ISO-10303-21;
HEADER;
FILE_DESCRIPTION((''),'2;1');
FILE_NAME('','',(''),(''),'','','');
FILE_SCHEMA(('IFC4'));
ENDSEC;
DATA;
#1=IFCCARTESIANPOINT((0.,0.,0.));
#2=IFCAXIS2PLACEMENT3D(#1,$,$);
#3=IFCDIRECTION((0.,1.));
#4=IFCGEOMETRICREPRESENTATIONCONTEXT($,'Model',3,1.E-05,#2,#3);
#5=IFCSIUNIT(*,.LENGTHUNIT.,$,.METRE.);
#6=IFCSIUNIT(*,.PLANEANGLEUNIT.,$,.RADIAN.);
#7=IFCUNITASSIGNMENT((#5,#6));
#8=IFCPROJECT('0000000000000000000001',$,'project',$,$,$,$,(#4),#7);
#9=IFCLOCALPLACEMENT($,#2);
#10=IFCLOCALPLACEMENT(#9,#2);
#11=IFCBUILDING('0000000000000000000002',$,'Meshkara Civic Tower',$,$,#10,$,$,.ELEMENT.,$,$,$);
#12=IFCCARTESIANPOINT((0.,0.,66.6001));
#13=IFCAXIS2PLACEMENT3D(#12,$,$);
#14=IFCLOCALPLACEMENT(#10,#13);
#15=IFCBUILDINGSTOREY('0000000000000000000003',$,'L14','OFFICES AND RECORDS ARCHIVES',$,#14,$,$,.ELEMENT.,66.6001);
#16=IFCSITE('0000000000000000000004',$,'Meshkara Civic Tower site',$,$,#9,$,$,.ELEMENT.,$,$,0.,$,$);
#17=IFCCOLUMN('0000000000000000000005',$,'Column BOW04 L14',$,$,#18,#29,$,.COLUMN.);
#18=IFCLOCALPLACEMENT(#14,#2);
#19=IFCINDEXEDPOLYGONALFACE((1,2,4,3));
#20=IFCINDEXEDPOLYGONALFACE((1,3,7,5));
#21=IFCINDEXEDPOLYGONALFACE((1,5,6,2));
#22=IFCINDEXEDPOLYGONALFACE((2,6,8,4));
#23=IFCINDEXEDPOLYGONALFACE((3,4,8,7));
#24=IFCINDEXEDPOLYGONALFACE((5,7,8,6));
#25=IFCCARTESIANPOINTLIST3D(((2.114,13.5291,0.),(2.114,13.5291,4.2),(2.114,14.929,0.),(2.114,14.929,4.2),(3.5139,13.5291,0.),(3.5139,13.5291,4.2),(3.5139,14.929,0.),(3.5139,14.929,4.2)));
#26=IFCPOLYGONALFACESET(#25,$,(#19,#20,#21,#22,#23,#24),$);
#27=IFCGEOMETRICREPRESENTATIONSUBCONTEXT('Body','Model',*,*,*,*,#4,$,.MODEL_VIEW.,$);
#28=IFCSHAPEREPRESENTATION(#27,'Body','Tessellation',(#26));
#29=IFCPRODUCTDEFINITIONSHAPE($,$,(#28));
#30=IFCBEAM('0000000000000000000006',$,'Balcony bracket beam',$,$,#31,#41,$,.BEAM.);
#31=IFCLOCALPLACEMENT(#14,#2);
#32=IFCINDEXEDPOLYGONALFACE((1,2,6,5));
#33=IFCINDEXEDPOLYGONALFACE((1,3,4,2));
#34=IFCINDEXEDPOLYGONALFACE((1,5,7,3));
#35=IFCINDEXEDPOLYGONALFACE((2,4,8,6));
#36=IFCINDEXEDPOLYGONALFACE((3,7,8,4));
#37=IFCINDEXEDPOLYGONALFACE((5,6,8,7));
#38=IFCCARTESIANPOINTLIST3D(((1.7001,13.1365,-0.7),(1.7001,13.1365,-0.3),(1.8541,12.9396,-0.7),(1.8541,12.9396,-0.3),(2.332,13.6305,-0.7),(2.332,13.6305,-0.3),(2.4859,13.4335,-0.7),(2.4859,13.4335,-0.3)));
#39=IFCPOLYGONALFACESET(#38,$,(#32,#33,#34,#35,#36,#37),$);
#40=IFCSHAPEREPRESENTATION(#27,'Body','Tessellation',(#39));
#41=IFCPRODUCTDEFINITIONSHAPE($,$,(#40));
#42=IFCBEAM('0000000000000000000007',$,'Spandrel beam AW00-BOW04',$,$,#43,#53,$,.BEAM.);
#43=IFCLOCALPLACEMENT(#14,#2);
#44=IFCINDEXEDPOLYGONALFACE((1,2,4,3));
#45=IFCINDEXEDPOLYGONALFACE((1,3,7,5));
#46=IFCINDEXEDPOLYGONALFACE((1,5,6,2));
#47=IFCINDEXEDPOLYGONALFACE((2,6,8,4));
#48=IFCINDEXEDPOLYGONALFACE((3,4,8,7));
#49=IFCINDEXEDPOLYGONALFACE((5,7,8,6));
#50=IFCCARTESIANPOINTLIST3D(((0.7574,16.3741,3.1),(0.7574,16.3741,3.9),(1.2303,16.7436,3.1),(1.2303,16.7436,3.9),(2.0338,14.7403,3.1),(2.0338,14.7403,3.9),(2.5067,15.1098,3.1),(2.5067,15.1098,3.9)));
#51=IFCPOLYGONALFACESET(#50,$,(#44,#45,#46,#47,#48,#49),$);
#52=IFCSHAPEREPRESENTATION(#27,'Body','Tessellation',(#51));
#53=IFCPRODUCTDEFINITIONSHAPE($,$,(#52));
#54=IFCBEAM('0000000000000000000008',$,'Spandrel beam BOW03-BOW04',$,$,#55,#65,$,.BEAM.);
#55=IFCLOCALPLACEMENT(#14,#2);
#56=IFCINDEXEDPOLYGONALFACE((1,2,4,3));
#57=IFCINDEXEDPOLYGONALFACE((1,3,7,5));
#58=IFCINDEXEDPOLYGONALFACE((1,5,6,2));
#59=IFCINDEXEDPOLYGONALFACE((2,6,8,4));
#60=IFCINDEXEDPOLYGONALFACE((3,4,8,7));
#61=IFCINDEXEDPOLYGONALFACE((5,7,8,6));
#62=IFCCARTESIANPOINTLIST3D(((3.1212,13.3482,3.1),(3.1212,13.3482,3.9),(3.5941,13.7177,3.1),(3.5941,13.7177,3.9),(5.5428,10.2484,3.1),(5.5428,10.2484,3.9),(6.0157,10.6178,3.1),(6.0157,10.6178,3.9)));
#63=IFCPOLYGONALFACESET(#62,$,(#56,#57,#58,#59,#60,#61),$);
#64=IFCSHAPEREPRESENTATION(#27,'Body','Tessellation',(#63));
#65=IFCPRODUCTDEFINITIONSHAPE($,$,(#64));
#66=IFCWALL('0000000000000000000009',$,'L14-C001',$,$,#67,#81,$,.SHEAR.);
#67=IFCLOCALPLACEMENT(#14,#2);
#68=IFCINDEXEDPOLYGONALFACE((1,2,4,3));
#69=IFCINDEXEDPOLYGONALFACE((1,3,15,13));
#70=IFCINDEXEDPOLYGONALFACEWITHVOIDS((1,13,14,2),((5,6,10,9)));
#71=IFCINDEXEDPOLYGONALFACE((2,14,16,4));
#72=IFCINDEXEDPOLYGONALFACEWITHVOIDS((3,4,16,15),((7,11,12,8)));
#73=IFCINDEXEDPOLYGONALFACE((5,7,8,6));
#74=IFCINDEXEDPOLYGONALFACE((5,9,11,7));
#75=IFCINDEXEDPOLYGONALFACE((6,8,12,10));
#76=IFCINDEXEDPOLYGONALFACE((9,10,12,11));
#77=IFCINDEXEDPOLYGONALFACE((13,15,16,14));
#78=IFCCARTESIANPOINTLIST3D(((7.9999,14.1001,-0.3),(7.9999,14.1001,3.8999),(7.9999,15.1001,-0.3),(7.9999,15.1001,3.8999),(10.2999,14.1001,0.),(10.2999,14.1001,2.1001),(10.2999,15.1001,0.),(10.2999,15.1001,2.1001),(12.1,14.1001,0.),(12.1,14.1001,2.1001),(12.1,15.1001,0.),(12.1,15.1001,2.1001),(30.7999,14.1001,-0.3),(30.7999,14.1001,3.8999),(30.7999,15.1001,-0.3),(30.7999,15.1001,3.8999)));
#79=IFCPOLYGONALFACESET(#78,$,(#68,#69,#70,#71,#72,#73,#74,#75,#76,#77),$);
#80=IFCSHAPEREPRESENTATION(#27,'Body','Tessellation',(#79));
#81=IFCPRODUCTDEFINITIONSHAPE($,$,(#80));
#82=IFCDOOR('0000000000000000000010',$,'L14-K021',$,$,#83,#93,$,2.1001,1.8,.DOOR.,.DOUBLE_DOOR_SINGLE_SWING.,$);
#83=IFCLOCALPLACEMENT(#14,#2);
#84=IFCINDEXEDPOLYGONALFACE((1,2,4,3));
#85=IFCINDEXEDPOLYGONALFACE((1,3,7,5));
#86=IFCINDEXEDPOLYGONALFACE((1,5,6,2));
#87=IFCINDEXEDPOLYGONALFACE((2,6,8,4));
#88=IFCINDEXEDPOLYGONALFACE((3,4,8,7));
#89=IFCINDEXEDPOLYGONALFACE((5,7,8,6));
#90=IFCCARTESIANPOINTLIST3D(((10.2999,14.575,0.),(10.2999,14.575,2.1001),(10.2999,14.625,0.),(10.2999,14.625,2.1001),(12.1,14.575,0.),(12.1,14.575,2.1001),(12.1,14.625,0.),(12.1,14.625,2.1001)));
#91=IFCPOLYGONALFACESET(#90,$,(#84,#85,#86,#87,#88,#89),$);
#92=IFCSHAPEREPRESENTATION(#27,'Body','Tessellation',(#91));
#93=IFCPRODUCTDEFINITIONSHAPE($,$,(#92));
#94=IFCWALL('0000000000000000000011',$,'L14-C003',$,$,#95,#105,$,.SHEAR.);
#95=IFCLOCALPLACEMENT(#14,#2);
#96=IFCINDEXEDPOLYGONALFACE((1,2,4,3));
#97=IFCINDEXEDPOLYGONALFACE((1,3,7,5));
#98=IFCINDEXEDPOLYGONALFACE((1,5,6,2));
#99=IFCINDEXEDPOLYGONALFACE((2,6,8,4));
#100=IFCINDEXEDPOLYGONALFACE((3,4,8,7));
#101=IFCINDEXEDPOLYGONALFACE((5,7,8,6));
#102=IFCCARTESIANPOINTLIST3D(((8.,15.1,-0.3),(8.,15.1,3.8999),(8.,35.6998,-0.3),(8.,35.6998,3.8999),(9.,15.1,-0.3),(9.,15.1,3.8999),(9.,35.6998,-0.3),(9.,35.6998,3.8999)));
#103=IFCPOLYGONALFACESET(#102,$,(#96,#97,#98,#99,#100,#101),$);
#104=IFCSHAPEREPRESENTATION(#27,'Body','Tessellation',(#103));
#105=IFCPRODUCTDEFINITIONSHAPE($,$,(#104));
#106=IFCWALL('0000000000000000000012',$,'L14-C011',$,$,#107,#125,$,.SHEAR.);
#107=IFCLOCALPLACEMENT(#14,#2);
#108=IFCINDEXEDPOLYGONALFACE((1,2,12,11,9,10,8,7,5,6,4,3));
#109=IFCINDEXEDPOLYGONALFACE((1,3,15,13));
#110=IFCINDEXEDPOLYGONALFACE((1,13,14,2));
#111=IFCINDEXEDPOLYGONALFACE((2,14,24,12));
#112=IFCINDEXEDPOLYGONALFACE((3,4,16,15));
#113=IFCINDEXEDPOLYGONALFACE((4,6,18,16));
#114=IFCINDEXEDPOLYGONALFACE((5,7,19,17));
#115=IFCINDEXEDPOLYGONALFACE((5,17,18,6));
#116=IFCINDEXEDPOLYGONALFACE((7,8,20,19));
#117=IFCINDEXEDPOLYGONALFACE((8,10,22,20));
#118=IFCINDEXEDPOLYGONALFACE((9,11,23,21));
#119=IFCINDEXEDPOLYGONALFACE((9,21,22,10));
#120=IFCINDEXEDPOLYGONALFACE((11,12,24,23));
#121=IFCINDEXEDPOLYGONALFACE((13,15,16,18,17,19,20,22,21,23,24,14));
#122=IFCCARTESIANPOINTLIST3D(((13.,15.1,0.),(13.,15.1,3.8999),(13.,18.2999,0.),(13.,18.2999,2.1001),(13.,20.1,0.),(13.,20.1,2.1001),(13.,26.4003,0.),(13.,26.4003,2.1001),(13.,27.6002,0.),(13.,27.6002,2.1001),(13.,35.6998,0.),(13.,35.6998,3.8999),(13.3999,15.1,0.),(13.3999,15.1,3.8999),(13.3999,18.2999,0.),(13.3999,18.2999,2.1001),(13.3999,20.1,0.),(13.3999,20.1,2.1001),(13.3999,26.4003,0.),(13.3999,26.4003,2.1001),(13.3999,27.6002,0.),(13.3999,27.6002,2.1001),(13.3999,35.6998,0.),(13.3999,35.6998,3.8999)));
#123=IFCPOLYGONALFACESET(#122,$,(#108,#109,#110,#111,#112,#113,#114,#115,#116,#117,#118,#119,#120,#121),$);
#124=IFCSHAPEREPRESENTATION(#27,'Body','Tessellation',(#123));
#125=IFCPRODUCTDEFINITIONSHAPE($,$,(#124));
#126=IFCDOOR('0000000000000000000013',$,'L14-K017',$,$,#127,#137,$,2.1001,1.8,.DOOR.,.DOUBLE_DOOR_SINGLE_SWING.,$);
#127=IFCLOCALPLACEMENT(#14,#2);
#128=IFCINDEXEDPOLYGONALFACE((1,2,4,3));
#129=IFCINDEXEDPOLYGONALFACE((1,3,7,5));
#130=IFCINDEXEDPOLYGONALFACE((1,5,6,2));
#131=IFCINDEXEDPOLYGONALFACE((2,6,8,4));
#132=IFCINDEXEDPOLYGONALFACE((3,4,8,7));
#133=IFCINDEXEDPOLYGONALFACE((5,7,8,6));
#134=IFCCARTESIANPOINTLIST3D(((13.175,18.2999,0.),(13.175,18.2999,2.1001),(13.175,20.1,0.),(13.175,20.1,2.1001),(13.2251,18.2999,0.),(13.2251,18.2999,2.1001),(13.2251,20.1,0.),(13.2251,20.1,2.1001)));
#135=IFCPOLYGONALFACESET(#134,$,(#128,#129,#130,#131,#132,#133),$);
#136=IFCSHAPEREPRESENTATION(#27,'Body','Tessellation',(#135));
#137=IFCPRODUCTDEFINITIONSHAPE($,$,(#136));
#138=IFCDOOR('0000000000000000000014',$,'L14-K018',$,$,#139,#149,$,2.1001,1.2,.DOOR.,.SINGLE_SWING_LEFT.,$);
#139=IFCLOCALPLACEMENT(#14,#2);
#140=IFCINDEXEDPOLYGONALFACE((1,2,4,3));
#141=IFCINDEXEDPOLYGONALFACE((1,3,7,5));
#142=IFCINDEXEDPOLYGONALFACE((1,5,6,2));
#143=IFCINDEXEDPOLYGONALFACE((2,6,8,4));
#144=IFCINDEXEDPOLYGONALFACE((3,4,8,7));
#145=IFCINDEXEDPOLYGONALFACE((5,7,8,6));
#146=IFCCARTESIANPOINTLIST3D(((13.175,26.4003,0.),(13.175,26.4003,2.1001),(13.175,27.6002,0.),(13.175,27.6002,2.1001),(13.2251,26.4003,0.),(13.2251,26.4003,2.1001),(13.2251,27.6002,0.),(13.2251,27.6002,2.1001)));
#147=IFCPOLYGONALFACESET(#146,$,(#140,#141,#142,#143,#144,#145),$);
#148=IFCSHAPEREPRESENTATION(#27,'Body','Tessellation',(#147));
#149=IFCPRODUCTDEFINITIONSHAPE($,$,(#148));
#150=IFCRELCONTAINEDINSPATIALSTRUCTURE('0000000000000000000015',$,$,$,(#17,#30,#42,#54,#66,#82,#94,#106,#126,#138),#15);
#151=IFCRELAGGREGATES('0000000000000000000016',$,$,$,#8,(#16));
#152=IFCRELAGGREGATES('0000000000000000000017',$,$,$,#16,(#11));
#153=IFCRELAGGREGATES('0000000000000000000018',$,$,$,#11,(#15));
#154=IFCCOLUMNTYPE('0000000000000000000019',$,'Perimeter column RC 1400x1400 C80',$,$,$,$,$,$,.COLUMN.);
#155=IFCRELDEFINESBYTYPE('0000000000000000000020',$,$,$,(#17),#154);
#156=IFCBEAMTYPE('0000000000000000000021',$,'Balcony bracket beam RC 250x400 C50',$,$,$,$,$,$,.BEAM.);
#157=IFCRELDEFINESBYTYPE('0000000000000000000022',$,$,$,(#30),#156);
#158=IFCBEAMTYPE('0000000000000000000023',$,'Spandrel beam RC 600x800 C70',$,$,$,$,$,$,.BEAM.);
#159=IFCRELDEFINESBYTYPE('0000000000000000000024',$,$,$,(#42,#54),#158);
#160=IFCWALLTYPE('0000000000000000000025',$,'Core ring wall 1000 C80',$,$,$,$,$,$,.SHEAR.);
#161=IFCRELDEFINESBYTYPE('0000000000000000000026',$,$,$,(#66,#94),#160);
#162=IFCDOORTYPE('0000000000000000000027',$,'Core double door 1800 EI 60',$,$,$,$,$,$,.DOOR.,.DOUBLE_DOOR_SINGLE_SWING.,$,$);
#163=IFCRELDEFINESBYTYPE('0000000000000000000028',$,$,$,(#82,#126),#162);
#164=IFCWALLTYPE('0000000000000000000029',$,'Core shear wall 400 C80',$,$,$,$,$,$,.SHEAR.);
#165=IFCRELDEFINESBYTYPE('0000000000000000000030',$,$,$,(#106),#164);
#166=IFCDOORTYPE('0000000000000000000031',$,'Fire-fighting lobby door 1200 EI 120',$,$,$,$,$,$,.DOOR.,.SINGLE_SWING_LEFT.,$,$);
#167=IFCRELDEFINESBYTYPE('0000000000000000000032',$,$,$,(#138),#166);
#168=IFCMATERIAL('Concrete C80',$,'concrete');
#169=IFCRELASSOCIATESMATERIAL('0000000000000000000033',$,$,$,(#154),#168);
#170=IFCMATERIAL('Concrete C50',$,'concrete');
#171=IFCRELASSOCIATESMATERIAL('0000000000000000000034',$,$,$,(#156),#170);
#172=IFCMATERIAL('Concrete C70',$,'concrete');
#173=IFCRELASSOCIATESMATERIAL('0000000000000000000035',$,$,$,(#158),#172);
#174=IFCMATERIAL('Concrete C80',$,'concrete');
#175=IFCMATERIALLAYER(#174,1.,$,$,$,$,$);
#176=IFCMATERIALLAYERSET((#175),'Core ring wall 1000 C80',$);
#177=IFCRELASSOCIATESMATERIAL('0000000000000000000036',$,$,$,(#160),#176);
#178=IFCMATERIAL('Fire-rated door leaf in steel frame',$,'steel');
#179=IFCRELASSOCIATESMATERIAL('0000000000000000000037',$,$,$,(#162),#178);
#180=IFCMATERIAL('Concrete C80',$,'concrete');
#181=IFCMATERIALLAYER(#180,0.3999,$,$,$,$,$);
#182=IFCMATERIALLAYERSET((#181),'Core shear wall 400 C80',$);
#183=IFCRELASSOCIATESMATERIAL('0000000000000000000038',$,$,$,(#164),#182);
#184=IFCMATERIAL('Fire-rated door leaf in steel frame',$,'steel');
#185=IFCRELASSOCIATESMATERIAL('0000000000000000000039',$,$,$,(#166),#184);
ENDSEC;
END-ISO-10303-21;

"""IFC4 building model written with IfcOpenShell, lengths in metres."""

from ifc_helpers import new_model, si_unit, direction, frame, frame_2d, origin, origin_2d, place, context, subcontext, project, spatial, rectangle, extrude, material, layer, layer_set, material_profile, profile_set, type_object, element, fill, save


model = new_model("IFC4")

# Units and contexts
model_context = context("Model", 3, precision=1e-05, world=origin(), true_north=direction((0.0, 1.0)))
body_context = subcontext(model_context, "Body", "Model", "MODEL_VIEW")
ifc_project = project(units=[si_unit("LENGTHUNIT", "METRE"), si_unit("PLANEANGLEUNIT", "RADIAN")], contexts=[model_context])

# Site, building, storey
site_placement = place(None, origin())
site = spatial("IfcSite", under=ifc_project, at=site_placement, Name="Meshkara Civic Tower site", CompositionType="ELEMENT", RefElevation=0.0)
building_placement = place(site_placement, origin())
building = spatial("IfcBuilding", under=site, at=building_placement, Name="Meshkara Civic Tower", CompositionType="ELEMENT")
storey_placement = place(building_placement, frame((0.0, 0.0, 66.6001)))
storey = spatial("IfcBuildingStorey", under=building, at=storey_placement, Name="L14", Description="OFFICES AND RECORDS ARCHIVES", CompositionType="ELEMENT", Elevation=66.6001)

# Column
ifc_material_1 = material(Name="Concrete C80", Category="concrete")
ifc_material_profile_1 = material_profile(ifc_material_1, rectangle(XDim=1.3999, YDim=1.3999, at=origin_2d()))
ifc_profile_set_1 = profile_set([ifc_material_profile_1], Name="Concrete C80")
column_type = type_object("IfcColumnType", Name="Perimeter column RC 1400x1400 C80", PredefinedType="COLUMN", material=ifc_profile_set_1)
column_placement = place(storey_placement, frame((2.814, 14.229, 0.0), z_axis=(0.0, 0.0, 1.0), x_axis=(1.0, 0.0, 0.0)))
element("IfcColumn", 1, at=column_placement, inside=storey, type_object=column_type, Name="Column BOW04 L14", PredefinedType="COLUMN", context=body_context, shape_type="SweptSolid", body=[
    extrude(rectangle(XDim=1.3999, YDim=1.3999, at=origin_2d()), origin(), (0.0, 0.0, 1.0), 4.2),
])

# Beams
ifc_material_2 = material(Name="Concrete C50", Category="concrete")
ifc_material_profile_2 = material_profile(ifc_material_2, rectangle(XDim=0.25, YDim=0.3999, at=origin_2d()))
ifc_profile_set_2 = profile_set([ifc_material_profile_2], Name="Concrete C50")
beam_type_1 = type_object("IfcBeamType", Name="Balcony bracket beam RC 250x400 C50", PredefinedType="BEAM", material=ifc_profile_set_2)
beam_1_placement = place(storey_placement, frame((2.4089, 13.532, -0.5), z_axis=(-0.787858, -0.615857, 0.0), x_axis=(0.615857, -0.787858, 0.0)))
element("IfcBeam", 2, at=beam_1_placement, inside=storey, type_object=beam_type_1, Name="Balcony bracket beam", PredefinedType="BEAM", context=body_context, shape_type="SweptSolid", body=[
    extrude(rectangle(XDim=0.25, YDim=0.3999, at=origin_2d()), origin(), (0.0, 0.0, 1.0), 0.802),
])
ifc_material_3 = material(Name="Concrete C70", Category="concrete")
ifc_material_profile_3 = material_profile(ifc_material_3, rectangle(XDim=0.6001, YDim=0.8, at=origin_2d()))
ifc_profile_set_3 = profile_set([ifc_material_profile_3], Name="Concrete C70")
beam_type_2 = type_object("IfcBeamType", Name="Spandrel beam RC 600x800 C70", PredefinedType="BEAM", material=ifc_profile_set_3)
beam_2_placement = place(storey_placement, frame((0.9939, 16.5588, 3.5), z_axis=(0.615635, -0.788032, 0.0), x_axis=(0.788032, 0.615635, 0.0)))
element("IfcBeam", 3, at=beam_2_placement, inside=storey, type_object=beam_type_2, Name="Spandrel beam AW00-BOW04", PredefinedType="BEAM", context=body_context, shape_type="SweptSolid", body=[
    extrude(rectangle(XDim=0.6001, YDim=0.8, at=origin_2d()), origin(), (0.0, 0.0, 1.0), 2.0732),
])
beam_3_placement = place(storey_placement, frame((3.3577, 13.533, 3.5), z_axis=(0.615624, -0.78804, 0.0), x_axis=(0.78804, 0.615624, 0.0)))
element("IfcBeam", 4, at=beam_3_placement, inside=storey, type_object=beam_type_2, Name="Spandrel beam BOW03-BOW04", PredefinedType="BEAM", context=body_context, shape_type="SweptSolid", body=[
    extrude(rectangle(XDim=0.6001, YDim=0.8, at=origin_2d()), origin(), (0.0, 0.0, 1.0), 3.9336),
])

# Wall, opening, door
ifc_material_4 = material(Name="Concrete C80", Category="concrete")
ifc_layer_1 = layer(ifc_material_4, 1.0)
ifc_layer_set_1 = layer_set([ifc_layer_1], Name="Core ring wall 1000 C80")
wall_type_1 = type_object("IfcWallType", Name="Core ring wall 1000 C80", PredefinedType="SHEAR", material=ifc_layer_set_1)
wall_1_placement = place(storey_placement, frame((8.0, 14.6001, -0.3), z_axis=(0.0, 0.0, 1.0), x_axis=(1.0, 0.0, 0.0)))
wall_1 = element("IfcWall", 5, at=wall_1_placement, inside=storey, type_object=wall_type_1, Name="L14-C001", PredefinedType="SHEAR", context=body_context, shape_type="SweptSolid", body=[
    extrude(rectangle(XDim=22.8, YDim=1.0, at=frame_2d((11.3999, 0.0))), origin(), (0.0, 0.0, 1.0), 4.2),
])
opening_1_placement = place(wall_1_placement, frame((2.3, 0.0, 0.3)))
opening_1 = element("IfcOpeningElement", 6, at=opening_1_placement, cuts=wall_1, PredefinedType="OPENING", context=body_context, shape_type="SweptSolid", body=[
    extrude(rectangle(XDim=1.8, YDim=2.1001, at=frame_2d((0.8999, 1.05))), frame((0.0, 0.51, 0.0), z_axis=(0.0, -1.0, 0.0), x_axis=(1.0, 0.0, 0.0)), (0.0, 0.0, 1.0), 1.02),
])
ifc_material_5 = material(Name="Fire-rated door leaf in steel frame", Category="steel")
door_type_1 = type_object("IfcDoorType", Name="Core double door 1800 EI 60", OperationType="DOUBLE_DOOR_SINGLE_SWING", PredefinedType="DOOR", material=ifc_material_5)
door_1_placement = place(opening_1_placement, origin())
door_1 = element("IfcDoor", 7, at=door_1_placement, inside=storey, type_object=door_type_1, Name="L14-K021", OperationType="DOUBLE_DOOR_SINGLE_SWING", OverallHeight=2.1001, OverallWidth=1.8, PredefinedType="DOOR", context=body_context, shape_type="SweptSolid", body=[
    extrude(rectangle(XDim=1.8, YDim=2.1001, at=frame_2d((0.8999, 1.05))), frame((0.0, 0.0249, 0.0), z_axis=(0.0, -1.0, 0.0), x_axis=(1.0, 0.0, 0.0)), (0.0, 0.0, 1.0), 0.05),
])
fill(opening_1, door_1)

# Wall
wall_2_placement = place(storey_placement, frame((8.5, 15.1001, -0.3), z_axis=(0.0, 0.0, 1.0), x_axis=(0.0, 1.0, 0.0)))
element("IfcWall", 8, at=wall_2_placement, inside=storey, type_object=wall_type_1, Name="L14-C003", PredefinedType="SHEAR", context=body_context, shape_type="SweptSolid", body=[
    extrude(rectangle(XDim=20.5999, YDim=1.0, at=frame_2d((10.2998, 0.0))), origin(), (0.0, 0.0, 1.0), 4.2),
])

# Wall, openings, doors
ifc_material_6 = material(Name="Concrete C80", Category="concrete")
ifc_layer_2 = layer(ifc_material_6, 0.3999)
ifc_layer_set_2 = layer_set([ifc_layer_2], Name="Core shear wall 400 C80")
wall_type_2 = type_object("IfcWallType", Name="Core shear wall 400 C80", PredefinedType="SHEAR", material=ifc_layer_set_2)
wall_3_placement = place(storey_placement, frame((13.2, 15.1001, 0.0), z_axis=(0.0, 0.0, 1.0), x_axis=(0.0, 1.0, 0.0)))
wall_3 = element("IfcWall", 9, at=wall_3_placement, inside=storey, type_object=wall_type_2, Name="L14-C011", PredefinedType="SHEAR", context=body_context, shape_type="SweptSolid", body=[
    extrude(rectangle(XDim=20.5999, YDim=0.3999, at=frame_2d((10.2998, 0.0))), origin(), (0.0, 0.0, 1.0), 3.8999),
])
opening_2_placement = place(wall_3_placement, frame((3.2, 0.0, 0.0)))
opening_2 = element("IfcOpeningElement", 10, at=opening_2_placement, cuts=wall_3, PredefinedType="OPENING", context=body_context, shape_type="SweptSolid", body=[
    extrude(rectangle(XDim=1.8, YDim=2.1001, at=frame_2d((0.8999, 1.05))), frame((0.0, 0.21, 0.0), z_axis=(0.0, -1.0, 0.0), x_axis=(1.0, 0.0, 0.0)), (0.0, 0.0, 1.0), 0.4199),
])
opening_3_placement = place(wall_3_placement, frame((11.3, 0.0, 0.0)))
opening_3 = element("IfcOpeningElement", 11, at=opening_3_placement, cuts=wall_3, PredefinedType="OPENING", context=body_context, shape_type="SweptSolid", body=[
    extrude(rectangle(XDim=1.2, YDim=2.1001, at=frame_2d((0.6001, 1.05))), frame((0.0, 0.21, 0.0), z_axis=(0.0, -1.0, 0.0), x_axis=(1.0, 0.0, 0.0)), (0.0, 0.0, 1.0), 0.4199),
])
door_2_placement = place(opening_2_placement, origin())
door_2 = element("IfcDoor", 12, at=door_2_placement, inside=storey, type_object=door_type_1, Name="L14-K017", OperationType="DOUBLE_DOOR_SINGLE_SWING", OverallHeight=2.1001, OverallWidth=1.8, PredefinedType="DOOR", context=body_context, shape_type="SweptSolid", body=[
    extrude(rectangle(XDim=1.8, YDim=2.1001, at=frame_2d((0.8999, 1.05))), frame((0.0, 0.0249, 0.0), z_axis=(0.0, -1.0, 0.0), x_axis=(1.0, 0.0, 0.0)), (0.0, 0.0, 1.0), 0.05),
])
fill(opening_2, door_2)
ifc_material_7 = material(Name="Fire-rated door leaf in steel frame", Category="steel")
door_type_2 = type_object("IfcDoorType", Name="Fire-fighting lobby door 1200 EI 120", OperationType="SINGLE_SWING_LEFT", PredefinedType="DOOR", material=ifc_material_7)
door_3_placement = place(opening_3_placement, origin())
door_3 = element("IfcDoor", 13, at=door_3_placement, inside=storey, type_object=door_type_2, Name="L14-K018", OperationType="SINGLE_SWING_LEFT", OverallHeight=2.1001, OverallWidth=1.2, PredefinedType="DOOR", context=body_context, shape_type="SweptSolid", body=[
    extrude(rectangle(XDim=1.2, YDim=2.1001, at=frame_2d((0.6001, 1.05))), frame((0.0, 0.0249, 0.0), z_axis=(0.0, -1.0, 0.0), x_axis=(1.0, 0.0, 0.0)), (0.0, 0.0, 1.0), 0.05),
])
fill(opening_3, door_3)

save(model, "model.ifc")
